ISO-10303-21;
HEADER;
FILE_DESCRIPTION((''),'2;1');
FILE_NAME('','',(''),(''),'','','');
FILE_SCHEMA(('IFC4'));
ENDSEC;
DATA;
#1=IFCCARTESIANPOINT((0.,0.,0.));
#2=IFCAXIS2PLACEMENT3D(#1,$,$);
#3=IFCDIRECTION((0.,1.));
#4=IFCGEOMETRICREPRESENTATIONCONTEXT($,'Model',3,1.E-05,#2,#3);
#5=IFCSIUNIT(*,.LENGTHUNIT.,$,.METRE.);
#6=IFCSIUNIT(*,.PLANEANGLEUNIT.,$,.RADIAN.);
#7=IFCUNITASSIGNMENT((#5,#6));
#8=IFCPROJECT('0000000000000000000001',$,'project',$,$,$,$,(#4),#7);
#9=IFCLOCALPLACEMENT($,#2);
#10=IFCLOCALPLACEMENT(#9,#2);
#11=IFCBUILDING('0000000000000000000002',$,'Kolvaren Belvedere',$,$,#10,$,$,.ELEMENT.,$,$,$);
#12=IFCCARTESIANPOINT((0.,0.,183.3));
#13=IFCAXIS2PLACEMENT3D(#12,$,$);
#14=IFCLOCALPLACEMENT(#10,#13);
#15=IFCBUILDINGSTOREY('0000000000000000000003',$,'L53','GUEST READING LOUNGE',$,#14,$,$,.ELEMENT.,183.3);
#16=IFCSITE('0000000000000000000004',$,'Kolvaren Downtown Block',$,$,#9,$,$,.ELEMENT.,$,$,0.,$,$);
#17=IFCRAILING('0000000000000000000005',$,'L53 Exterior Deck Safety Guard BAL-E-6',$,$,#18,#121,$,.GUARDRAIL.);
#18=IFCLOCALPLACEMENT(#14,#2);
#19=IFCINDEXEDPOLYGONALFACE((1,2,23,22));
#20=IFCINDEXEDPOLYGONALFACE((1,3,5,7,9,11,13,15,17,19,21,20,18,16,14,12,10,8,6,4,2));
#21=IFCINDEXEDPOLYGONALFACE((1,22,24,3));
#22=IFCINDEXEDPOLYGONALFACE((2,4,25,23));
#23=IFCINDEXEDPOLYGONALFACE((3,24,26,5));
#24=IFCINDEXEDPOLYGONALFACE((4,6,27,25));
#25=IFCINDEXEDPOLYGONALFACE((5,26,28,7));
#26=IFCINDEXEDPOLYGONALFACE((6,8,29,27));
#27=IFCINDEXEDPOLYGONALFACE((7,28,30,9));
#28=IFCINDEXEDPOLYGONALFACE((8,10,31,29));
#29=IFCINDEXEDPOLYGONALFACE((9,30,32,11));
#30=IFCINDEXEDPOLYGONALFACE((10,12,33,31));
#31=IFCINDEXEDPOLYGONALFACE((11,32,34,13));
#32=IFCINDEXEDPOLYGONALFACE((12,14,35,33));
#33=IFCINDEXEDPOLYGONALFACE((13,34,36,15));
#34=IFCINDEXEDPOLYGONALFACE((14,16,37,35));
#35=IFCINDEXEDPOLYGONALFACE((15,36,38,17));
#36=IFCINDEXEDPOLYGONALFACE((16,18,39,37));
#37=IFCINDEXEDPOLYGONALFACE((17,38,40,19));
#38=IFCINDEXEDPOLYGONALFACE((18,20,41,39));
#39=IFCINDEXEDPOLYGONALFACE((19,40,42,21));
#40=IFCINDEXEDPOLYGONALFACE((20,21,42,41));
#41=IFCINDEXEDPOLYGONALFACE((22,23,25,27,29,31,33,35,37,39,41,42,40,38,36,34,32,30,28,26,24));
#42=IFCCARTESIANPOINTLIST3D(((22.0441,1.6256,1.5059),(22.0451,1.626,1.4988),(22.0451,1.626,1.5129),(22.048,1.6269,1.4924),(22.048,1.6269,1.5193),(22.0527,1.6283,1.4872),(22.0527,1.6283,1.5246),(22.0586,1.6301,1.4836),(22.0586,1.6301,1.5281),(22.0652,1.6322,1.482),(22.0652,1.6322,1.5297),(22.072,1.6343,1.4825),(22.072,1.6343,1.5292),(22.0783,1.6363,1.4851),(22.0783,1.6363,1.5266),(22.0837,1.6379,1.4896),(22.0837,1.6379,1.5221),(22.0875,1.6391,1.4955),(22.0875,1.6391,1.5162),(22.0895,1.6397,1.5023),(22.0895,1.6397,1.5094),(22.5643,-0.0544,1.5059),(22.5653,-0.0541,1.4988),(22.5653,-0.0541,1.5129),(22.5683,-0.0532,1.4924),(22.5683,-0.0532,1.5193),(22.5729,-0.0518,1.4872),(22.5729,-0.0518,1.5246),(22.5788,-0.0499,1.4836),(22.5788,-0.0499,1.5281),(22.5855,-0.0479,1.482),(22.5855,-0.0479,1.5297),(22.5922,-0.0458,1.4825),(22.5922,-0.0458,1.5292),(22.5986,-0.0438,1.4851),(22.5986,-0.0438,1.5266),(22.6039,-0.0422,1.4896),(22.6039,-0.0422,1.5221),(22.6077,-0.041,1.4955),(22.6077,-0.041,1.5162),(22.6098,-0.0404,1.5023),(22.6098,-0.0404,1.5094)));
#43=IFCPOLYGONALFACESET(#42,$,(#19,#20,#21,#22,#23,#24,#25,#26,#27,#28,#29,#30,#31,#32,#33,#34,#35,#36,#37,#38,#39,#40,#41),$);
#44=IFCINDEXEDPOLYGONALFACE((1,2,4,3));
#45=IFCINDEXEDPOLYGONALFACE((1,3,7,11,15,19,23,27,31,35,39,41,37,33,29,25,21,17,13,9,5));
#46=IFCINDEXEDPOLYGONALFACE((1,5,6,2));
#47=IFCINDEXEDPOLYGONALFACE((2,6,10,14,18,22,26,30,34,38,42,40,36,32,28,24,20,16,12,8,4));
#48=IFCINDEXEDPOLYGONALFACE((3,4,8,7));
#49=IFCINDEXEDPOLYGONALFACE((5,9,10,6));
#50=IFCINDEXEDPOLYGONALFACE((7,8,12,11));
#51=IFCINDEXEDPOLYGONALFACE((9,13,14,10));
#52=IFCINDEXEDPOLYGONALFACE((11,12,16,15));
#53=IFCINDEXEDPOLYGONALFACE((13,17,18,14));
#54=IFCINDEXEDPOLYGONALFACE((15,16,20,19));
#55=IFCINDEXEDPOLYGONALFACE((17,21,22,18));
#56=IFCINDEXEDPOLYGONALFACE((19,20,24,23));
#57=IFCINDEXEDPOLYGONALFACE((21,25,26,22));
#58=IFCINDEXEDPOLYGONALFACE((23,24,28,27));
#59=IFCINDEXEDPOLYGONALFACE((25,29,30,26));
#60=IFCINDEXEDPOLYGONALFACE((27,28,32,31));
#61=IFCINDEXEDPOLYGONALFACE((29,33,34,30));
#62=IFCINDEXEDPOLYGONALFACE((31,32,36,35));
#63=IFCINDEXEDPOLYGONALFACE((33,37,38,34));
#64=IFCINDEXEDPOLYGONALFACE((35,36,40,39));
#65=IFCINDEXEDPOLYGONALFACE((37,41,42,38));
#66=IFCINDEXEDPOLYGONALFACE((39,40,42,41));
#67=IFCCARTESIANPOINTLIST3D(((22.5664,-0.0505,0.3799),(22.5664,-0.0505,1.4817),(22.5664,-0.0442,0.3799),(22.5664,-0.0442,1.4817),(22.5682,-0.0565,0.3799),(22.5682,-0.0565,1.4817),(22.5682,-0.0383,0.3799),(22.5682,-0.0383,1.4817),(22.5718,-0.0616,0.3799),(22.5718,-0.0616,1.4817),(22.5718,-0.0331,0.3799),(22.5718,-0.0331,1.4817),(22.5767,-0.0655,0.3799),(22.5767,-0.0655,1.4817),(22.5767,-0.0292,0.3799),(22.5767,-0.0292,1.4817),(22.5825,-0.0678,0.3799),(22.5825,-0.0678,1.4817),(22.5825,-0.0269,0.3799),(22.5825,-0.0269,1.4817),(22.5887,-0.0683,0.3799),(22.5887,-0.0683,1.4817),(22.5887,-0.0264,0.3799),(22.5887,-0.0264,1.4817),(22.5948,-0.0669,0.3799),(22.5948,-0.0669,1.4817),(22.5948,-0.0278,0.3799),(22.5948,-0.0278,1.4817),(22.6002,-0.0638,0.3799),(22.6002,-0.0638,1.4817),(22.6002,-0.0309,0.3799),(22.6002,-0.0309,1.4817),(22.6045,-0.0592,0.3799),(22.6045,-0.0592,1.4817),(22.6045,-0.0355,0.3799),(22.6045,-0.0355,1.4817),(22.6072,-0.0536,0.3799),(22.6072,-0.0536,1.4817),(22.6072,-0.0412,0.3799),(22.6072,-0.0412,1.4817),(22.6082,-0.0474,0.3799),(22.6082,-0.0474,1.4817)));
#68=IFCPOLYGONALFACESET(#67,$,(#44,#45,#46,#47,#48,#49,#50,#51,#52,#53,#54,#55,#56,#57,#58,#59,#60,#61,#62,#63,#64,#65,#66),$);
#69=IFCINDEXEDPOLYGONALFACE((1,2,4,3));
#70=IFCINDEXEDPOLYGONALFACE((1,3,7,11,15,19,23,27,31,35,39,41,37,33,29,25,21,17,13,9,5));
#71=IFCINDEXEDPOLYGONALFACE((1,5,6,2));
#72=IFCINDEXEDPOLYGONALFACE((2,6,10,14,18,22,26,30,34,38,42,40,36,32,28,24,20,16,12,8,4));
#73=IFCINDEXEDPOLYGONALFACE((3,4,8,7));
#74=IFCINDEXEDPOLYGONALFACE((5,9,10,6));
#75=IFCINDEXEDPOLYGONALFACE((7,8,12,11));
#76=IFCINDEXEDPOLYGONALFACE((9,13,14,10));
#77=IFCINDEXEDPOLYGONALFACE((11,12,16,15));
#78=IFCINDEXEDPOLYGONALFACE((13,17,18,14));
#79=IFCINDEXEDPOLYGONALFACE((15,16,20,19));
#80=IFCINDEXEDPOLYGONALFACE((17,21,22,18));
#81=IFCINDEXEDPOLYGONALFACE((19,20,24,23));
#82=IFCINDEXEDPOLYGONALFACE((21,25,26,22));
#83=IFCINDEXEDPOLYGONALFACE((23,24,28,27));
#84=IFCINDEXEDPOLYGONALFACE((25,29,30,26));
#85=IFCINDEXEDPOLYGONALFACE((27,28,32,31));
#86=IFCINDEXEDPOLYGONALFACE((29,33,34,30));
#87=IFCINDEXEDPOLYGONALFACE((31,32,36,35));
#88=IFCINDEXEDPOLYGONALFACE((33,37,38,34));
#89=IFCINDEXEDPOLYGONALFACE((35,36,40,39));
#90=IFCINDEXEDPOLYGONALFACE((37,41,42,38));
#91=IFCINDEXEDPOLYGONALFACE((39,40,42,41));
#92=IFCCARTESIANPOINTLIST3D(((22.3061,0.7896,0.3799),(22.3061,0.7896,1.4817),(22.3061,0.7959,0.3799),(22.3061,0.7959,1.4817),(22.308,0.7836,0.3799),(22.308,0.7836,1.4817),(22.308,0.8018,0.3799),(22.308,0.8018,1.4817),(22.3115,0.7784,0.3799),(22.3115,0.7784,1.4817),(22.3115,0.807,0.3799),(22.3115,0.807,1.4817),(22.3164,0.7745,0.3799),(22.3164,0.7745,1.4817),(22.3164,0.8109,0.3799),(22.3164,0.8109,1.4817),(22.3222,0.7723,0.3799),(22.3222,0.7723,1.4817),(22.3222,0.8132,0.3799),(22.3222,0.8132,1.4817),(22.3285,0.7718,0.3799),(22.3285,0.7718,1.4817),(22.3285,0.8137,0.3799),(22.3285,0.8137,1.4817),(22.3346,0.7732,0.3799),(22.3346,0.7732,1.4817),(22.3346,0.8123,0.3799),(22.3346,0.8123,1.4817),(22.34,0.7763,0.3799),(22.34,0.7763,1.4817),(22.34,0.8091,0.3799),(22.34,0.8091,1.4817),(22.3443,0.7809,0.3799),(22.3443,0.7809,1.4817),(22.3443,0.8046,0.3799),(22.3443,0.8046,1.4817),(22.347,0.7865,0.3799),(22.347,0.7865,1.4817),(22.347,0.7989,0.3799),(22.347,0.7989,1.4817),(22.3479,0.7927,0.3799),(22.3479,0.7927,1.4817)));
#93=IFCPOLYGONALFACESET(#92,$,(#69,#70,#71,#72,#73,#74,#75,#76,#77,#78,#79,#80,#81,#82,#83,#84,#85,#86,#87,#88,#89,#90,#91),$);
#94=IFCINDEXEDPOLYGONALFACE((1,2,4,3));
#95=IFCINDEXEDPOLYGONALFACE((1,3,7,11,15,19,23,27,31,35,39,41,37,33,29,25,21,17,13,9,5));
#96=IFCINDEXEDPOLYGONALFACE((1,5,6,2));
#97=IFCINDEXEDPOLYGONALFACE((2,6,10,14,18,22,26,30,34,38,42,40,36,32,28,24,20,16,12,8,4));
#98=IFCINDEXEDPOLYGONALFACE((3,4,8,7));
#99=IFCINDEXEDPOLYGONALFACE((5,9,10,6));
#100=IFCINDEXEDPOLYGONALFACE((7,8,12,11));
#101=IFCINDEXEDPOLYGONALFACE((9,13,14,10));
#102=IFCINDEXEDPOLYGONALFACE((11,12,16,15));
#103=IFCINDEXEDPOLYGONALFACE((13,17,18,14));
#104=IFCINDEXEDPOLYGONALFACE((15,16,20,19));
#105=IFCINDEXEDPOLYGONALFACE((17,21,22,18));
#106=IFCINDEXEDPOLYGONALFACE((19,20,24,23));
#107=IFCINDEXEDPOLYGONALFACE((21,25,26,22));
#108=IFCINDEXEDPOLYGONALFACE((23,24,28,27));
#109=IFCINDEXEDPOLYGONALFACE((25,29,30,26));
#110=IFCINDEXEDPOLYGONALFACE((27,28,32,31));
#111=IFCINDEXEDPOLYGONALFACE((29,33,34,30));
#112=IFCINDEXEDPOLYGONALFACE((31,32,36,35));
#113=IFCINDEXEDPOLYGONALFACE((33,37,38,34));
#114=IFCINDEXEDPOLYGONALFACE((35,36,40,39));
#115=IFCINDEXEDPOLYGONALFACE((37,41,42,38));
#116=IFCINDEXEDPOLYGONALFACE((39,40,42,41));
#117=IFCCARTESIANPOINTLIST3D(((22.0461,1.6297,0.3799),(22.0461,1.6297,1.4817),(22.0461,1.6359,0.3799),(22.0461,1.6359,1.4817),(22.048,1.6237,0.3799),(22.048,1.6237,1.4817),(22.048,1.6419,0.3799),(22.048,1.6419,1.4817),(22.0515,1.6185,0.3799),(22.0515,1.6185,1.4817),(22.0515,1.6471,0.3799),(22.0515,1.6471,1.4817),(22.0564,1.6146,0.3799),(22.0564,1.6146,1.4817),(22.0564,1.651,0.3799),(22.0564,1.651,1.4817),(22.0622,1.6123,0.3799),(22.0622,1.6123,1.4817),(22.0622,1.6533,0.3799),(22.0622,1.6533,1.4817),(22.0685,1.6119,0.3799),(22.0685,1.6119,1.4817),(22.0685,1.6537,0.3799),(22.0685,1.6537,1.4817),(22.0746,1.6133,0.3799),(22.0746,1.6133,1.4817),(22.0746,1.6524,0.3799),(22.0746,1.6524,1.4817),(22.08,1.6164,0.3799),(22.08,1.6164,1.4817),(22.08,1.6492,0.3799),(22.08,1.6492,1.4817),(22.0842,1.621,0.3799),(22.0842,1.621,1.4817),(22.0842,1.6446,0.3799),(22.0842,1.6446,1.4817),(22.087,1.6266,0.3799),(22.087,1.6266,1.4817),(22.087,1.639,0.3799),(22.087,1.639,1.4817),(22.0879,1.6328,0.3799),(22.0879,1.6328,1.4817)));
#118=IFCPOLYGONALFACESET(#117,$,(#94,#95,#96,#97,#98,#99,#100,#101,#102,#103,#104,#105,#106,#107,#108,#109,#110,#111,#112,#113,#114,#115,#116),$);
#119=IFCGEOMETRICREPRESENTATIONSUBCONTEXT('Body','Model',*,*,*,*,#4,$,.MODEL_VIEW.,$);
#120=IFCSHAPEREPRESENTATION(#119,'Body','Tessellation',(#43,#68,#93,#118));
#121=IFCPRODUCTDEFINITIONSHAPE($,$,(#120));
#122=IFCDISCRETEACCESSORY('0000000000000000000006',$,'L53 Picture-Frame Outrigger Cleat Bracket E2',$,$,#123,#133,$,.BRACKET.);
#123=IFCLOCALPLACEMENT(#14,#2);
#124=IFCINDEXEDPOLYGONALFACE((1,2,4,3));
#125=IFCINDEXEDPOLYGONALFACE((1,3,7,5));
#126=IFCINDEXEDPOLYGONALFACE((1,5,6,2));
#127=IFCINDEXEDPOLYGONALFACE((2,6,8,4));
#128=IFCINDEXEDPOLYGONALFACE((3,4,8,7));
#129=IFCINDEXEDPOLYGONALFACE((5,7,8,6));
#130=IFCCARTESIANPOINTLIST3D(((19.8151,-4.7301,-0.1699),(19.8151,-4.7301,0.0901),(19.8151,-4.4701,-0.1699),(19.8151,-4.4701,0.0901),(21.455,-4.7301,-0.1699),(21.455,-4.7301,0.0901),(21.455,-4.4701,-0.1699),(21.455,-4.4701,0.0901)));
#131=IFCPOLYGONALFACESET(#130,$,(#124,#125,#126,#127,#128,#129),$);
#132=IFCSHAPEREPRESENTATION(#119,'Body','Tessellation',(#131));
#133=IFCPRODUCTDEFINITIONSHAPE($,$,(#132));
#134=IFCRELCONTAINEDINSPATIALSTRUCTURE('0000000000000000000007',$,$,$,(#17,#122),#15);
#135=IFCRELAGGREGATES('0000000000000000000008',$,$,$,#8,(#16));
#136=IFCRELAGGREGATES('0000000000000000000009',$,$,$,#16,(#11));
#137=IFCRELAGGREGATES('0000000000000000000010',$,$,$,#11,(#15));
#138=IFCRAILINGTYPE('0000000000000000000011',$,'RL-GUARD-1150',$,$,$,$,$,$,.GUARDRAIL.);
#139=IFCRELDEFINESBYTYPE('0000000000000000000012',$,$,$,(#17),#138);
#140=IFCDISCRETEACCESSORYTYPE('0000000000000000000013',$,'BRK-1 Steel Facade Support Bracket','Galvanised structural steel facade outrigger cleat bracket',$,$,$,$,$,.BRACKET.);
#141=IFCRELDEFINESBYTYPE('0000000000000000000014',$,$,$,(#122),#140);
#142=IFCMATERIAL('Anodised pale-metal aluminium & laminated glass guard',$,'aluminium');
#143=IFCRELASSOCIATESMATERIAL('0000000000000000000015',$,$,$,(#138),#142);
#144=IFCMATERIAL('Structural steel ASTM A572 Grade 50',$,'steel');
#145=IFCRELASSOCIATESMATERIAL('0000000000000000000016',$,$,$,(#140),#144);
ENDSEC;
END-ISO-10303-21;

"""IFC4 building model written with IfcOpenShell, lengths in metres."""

from ifc_helpers import new_model, si_unit, direction, frame, origin, origin_2d, place, context, subcontext, project, spatial, rectangle, circle, extrude, material, type_object, element, save


model = new_model("IFC4")

# Units and contexts
model_context = context("Model", 3, precision=1e-05, world=origin(), true_north=direction((0.0, 1.0)))
body_context = subcontext(model_context, "Body", "Model", "MODEL_VIEW")
ifc_project = project(units=[si_unit("LENGTHUNIT", "METRE"), si_unit("PLANEANGLEUNIT", "RADIAN")], contexts=[model_context])

# Site, building, storey
site_placement = place(None, origin())
site = spatial("IfcSite", under=ifc_project, at=site_placement, Name="Kolvaren Downtown Block", CompositionType="ELEMENT", RefElevation=0.0)
building_placement = place(site_placement, origin())
building = spatial("IfcBuilding", under=site, at=building_placement, Name="Kolvaren Belvedere", CompositionType="ELEMENT")
storey_placement = place(building_placement, frame((0.0, 0.0, 183.3)))
storey = spatial("IfcBuildingStorey", under=building, at=storey_placement, Name="L53", Description="GUEST READING LOUNGE", CompositionType="ELEMENT", Elevation=183.3)

# Railing
ifc_material_1 = material(Name="Anodised pale-metal aluminium & laminated glass guard", Category="aluminium")
railing_type = type_object("IfcRailingType", Name="RL-GUARD-1150", PredefinedType="GUARDRAIL", material=ifc_material_1)
railing_1_placement = place(storey_placement, frame((22.5872, -0.0474, 0.3799)))
element("IfcRailing", 1, at=railing_1_placement, inside=storey, type_object=railing_type, Name="L53 Exterior Deck Safety Guard BAL-E-6", PredefinedType="GUARDRAIL", context=body_context, shape_type="SweptSolid", body=[
    extrude(circle(Radius=0.0239, at=origin_2d()), frame((0.0, 0.0, 1.126), z_axis=(-0.295792, 0.955252, 0.0), x_axis=(-0.955252, -0.295792, 0.0)), (0.0, 0.0, 1.0), 1.7588),
    extrude(circle(Radius=0.021, at=origin_2d()), origin(), (0.0, 0.0, 1.0), 1.1018),
    extrude(circle(Radius=0.021, at=origin_2d()), frame((-0.2603, 0.8401, 0.0)), (0.0, 0.0, 1.0), 1.1018),
    extrude(circle(Radius=0.021, at=origin_2d()), frame((-0.5203, 1.6802, 0.0)), (0.0, 0.0, 1.0), 1.1018),
])

# Discrete accessory
ifc_material_2 = material(Name="Structural steel ASTM A572 Grade 50", Category="steel")
discrete_accessory_type = type_object("IfcDiscreteAccessoryType", Name="BRK-1 Steel Facade Support Bracket", Description="Galvanised structural steel facade outrigger cleat bracket", PredefinedType="BRACKET", material=ifc_material_2)
discrete_accessory_placement = place(storey_placement, frame((20.635, -4.6001, -0.1699), z_axis=(0.0, 0.0, 1.0), x_axis=(1.0, 0.0, 0.0)))
element("IfcDiscreteAccessory", 2, at=discrete_accessory_placement, inside=storey, type_object=discrete_accessory_type, Name="L53 Picture-Frame Outrigger Cleat Bracket E2", PredefinedType="BRACKET", context=body_context, shape_type="SweptSolid", body=[
    extrude(rectangle(XDim=1.6399, YDim=0.26, at=origin_2d()), origin(), (0.0, 0.0, 1.0), 0.26),
])

save(model, "model.ifc")
